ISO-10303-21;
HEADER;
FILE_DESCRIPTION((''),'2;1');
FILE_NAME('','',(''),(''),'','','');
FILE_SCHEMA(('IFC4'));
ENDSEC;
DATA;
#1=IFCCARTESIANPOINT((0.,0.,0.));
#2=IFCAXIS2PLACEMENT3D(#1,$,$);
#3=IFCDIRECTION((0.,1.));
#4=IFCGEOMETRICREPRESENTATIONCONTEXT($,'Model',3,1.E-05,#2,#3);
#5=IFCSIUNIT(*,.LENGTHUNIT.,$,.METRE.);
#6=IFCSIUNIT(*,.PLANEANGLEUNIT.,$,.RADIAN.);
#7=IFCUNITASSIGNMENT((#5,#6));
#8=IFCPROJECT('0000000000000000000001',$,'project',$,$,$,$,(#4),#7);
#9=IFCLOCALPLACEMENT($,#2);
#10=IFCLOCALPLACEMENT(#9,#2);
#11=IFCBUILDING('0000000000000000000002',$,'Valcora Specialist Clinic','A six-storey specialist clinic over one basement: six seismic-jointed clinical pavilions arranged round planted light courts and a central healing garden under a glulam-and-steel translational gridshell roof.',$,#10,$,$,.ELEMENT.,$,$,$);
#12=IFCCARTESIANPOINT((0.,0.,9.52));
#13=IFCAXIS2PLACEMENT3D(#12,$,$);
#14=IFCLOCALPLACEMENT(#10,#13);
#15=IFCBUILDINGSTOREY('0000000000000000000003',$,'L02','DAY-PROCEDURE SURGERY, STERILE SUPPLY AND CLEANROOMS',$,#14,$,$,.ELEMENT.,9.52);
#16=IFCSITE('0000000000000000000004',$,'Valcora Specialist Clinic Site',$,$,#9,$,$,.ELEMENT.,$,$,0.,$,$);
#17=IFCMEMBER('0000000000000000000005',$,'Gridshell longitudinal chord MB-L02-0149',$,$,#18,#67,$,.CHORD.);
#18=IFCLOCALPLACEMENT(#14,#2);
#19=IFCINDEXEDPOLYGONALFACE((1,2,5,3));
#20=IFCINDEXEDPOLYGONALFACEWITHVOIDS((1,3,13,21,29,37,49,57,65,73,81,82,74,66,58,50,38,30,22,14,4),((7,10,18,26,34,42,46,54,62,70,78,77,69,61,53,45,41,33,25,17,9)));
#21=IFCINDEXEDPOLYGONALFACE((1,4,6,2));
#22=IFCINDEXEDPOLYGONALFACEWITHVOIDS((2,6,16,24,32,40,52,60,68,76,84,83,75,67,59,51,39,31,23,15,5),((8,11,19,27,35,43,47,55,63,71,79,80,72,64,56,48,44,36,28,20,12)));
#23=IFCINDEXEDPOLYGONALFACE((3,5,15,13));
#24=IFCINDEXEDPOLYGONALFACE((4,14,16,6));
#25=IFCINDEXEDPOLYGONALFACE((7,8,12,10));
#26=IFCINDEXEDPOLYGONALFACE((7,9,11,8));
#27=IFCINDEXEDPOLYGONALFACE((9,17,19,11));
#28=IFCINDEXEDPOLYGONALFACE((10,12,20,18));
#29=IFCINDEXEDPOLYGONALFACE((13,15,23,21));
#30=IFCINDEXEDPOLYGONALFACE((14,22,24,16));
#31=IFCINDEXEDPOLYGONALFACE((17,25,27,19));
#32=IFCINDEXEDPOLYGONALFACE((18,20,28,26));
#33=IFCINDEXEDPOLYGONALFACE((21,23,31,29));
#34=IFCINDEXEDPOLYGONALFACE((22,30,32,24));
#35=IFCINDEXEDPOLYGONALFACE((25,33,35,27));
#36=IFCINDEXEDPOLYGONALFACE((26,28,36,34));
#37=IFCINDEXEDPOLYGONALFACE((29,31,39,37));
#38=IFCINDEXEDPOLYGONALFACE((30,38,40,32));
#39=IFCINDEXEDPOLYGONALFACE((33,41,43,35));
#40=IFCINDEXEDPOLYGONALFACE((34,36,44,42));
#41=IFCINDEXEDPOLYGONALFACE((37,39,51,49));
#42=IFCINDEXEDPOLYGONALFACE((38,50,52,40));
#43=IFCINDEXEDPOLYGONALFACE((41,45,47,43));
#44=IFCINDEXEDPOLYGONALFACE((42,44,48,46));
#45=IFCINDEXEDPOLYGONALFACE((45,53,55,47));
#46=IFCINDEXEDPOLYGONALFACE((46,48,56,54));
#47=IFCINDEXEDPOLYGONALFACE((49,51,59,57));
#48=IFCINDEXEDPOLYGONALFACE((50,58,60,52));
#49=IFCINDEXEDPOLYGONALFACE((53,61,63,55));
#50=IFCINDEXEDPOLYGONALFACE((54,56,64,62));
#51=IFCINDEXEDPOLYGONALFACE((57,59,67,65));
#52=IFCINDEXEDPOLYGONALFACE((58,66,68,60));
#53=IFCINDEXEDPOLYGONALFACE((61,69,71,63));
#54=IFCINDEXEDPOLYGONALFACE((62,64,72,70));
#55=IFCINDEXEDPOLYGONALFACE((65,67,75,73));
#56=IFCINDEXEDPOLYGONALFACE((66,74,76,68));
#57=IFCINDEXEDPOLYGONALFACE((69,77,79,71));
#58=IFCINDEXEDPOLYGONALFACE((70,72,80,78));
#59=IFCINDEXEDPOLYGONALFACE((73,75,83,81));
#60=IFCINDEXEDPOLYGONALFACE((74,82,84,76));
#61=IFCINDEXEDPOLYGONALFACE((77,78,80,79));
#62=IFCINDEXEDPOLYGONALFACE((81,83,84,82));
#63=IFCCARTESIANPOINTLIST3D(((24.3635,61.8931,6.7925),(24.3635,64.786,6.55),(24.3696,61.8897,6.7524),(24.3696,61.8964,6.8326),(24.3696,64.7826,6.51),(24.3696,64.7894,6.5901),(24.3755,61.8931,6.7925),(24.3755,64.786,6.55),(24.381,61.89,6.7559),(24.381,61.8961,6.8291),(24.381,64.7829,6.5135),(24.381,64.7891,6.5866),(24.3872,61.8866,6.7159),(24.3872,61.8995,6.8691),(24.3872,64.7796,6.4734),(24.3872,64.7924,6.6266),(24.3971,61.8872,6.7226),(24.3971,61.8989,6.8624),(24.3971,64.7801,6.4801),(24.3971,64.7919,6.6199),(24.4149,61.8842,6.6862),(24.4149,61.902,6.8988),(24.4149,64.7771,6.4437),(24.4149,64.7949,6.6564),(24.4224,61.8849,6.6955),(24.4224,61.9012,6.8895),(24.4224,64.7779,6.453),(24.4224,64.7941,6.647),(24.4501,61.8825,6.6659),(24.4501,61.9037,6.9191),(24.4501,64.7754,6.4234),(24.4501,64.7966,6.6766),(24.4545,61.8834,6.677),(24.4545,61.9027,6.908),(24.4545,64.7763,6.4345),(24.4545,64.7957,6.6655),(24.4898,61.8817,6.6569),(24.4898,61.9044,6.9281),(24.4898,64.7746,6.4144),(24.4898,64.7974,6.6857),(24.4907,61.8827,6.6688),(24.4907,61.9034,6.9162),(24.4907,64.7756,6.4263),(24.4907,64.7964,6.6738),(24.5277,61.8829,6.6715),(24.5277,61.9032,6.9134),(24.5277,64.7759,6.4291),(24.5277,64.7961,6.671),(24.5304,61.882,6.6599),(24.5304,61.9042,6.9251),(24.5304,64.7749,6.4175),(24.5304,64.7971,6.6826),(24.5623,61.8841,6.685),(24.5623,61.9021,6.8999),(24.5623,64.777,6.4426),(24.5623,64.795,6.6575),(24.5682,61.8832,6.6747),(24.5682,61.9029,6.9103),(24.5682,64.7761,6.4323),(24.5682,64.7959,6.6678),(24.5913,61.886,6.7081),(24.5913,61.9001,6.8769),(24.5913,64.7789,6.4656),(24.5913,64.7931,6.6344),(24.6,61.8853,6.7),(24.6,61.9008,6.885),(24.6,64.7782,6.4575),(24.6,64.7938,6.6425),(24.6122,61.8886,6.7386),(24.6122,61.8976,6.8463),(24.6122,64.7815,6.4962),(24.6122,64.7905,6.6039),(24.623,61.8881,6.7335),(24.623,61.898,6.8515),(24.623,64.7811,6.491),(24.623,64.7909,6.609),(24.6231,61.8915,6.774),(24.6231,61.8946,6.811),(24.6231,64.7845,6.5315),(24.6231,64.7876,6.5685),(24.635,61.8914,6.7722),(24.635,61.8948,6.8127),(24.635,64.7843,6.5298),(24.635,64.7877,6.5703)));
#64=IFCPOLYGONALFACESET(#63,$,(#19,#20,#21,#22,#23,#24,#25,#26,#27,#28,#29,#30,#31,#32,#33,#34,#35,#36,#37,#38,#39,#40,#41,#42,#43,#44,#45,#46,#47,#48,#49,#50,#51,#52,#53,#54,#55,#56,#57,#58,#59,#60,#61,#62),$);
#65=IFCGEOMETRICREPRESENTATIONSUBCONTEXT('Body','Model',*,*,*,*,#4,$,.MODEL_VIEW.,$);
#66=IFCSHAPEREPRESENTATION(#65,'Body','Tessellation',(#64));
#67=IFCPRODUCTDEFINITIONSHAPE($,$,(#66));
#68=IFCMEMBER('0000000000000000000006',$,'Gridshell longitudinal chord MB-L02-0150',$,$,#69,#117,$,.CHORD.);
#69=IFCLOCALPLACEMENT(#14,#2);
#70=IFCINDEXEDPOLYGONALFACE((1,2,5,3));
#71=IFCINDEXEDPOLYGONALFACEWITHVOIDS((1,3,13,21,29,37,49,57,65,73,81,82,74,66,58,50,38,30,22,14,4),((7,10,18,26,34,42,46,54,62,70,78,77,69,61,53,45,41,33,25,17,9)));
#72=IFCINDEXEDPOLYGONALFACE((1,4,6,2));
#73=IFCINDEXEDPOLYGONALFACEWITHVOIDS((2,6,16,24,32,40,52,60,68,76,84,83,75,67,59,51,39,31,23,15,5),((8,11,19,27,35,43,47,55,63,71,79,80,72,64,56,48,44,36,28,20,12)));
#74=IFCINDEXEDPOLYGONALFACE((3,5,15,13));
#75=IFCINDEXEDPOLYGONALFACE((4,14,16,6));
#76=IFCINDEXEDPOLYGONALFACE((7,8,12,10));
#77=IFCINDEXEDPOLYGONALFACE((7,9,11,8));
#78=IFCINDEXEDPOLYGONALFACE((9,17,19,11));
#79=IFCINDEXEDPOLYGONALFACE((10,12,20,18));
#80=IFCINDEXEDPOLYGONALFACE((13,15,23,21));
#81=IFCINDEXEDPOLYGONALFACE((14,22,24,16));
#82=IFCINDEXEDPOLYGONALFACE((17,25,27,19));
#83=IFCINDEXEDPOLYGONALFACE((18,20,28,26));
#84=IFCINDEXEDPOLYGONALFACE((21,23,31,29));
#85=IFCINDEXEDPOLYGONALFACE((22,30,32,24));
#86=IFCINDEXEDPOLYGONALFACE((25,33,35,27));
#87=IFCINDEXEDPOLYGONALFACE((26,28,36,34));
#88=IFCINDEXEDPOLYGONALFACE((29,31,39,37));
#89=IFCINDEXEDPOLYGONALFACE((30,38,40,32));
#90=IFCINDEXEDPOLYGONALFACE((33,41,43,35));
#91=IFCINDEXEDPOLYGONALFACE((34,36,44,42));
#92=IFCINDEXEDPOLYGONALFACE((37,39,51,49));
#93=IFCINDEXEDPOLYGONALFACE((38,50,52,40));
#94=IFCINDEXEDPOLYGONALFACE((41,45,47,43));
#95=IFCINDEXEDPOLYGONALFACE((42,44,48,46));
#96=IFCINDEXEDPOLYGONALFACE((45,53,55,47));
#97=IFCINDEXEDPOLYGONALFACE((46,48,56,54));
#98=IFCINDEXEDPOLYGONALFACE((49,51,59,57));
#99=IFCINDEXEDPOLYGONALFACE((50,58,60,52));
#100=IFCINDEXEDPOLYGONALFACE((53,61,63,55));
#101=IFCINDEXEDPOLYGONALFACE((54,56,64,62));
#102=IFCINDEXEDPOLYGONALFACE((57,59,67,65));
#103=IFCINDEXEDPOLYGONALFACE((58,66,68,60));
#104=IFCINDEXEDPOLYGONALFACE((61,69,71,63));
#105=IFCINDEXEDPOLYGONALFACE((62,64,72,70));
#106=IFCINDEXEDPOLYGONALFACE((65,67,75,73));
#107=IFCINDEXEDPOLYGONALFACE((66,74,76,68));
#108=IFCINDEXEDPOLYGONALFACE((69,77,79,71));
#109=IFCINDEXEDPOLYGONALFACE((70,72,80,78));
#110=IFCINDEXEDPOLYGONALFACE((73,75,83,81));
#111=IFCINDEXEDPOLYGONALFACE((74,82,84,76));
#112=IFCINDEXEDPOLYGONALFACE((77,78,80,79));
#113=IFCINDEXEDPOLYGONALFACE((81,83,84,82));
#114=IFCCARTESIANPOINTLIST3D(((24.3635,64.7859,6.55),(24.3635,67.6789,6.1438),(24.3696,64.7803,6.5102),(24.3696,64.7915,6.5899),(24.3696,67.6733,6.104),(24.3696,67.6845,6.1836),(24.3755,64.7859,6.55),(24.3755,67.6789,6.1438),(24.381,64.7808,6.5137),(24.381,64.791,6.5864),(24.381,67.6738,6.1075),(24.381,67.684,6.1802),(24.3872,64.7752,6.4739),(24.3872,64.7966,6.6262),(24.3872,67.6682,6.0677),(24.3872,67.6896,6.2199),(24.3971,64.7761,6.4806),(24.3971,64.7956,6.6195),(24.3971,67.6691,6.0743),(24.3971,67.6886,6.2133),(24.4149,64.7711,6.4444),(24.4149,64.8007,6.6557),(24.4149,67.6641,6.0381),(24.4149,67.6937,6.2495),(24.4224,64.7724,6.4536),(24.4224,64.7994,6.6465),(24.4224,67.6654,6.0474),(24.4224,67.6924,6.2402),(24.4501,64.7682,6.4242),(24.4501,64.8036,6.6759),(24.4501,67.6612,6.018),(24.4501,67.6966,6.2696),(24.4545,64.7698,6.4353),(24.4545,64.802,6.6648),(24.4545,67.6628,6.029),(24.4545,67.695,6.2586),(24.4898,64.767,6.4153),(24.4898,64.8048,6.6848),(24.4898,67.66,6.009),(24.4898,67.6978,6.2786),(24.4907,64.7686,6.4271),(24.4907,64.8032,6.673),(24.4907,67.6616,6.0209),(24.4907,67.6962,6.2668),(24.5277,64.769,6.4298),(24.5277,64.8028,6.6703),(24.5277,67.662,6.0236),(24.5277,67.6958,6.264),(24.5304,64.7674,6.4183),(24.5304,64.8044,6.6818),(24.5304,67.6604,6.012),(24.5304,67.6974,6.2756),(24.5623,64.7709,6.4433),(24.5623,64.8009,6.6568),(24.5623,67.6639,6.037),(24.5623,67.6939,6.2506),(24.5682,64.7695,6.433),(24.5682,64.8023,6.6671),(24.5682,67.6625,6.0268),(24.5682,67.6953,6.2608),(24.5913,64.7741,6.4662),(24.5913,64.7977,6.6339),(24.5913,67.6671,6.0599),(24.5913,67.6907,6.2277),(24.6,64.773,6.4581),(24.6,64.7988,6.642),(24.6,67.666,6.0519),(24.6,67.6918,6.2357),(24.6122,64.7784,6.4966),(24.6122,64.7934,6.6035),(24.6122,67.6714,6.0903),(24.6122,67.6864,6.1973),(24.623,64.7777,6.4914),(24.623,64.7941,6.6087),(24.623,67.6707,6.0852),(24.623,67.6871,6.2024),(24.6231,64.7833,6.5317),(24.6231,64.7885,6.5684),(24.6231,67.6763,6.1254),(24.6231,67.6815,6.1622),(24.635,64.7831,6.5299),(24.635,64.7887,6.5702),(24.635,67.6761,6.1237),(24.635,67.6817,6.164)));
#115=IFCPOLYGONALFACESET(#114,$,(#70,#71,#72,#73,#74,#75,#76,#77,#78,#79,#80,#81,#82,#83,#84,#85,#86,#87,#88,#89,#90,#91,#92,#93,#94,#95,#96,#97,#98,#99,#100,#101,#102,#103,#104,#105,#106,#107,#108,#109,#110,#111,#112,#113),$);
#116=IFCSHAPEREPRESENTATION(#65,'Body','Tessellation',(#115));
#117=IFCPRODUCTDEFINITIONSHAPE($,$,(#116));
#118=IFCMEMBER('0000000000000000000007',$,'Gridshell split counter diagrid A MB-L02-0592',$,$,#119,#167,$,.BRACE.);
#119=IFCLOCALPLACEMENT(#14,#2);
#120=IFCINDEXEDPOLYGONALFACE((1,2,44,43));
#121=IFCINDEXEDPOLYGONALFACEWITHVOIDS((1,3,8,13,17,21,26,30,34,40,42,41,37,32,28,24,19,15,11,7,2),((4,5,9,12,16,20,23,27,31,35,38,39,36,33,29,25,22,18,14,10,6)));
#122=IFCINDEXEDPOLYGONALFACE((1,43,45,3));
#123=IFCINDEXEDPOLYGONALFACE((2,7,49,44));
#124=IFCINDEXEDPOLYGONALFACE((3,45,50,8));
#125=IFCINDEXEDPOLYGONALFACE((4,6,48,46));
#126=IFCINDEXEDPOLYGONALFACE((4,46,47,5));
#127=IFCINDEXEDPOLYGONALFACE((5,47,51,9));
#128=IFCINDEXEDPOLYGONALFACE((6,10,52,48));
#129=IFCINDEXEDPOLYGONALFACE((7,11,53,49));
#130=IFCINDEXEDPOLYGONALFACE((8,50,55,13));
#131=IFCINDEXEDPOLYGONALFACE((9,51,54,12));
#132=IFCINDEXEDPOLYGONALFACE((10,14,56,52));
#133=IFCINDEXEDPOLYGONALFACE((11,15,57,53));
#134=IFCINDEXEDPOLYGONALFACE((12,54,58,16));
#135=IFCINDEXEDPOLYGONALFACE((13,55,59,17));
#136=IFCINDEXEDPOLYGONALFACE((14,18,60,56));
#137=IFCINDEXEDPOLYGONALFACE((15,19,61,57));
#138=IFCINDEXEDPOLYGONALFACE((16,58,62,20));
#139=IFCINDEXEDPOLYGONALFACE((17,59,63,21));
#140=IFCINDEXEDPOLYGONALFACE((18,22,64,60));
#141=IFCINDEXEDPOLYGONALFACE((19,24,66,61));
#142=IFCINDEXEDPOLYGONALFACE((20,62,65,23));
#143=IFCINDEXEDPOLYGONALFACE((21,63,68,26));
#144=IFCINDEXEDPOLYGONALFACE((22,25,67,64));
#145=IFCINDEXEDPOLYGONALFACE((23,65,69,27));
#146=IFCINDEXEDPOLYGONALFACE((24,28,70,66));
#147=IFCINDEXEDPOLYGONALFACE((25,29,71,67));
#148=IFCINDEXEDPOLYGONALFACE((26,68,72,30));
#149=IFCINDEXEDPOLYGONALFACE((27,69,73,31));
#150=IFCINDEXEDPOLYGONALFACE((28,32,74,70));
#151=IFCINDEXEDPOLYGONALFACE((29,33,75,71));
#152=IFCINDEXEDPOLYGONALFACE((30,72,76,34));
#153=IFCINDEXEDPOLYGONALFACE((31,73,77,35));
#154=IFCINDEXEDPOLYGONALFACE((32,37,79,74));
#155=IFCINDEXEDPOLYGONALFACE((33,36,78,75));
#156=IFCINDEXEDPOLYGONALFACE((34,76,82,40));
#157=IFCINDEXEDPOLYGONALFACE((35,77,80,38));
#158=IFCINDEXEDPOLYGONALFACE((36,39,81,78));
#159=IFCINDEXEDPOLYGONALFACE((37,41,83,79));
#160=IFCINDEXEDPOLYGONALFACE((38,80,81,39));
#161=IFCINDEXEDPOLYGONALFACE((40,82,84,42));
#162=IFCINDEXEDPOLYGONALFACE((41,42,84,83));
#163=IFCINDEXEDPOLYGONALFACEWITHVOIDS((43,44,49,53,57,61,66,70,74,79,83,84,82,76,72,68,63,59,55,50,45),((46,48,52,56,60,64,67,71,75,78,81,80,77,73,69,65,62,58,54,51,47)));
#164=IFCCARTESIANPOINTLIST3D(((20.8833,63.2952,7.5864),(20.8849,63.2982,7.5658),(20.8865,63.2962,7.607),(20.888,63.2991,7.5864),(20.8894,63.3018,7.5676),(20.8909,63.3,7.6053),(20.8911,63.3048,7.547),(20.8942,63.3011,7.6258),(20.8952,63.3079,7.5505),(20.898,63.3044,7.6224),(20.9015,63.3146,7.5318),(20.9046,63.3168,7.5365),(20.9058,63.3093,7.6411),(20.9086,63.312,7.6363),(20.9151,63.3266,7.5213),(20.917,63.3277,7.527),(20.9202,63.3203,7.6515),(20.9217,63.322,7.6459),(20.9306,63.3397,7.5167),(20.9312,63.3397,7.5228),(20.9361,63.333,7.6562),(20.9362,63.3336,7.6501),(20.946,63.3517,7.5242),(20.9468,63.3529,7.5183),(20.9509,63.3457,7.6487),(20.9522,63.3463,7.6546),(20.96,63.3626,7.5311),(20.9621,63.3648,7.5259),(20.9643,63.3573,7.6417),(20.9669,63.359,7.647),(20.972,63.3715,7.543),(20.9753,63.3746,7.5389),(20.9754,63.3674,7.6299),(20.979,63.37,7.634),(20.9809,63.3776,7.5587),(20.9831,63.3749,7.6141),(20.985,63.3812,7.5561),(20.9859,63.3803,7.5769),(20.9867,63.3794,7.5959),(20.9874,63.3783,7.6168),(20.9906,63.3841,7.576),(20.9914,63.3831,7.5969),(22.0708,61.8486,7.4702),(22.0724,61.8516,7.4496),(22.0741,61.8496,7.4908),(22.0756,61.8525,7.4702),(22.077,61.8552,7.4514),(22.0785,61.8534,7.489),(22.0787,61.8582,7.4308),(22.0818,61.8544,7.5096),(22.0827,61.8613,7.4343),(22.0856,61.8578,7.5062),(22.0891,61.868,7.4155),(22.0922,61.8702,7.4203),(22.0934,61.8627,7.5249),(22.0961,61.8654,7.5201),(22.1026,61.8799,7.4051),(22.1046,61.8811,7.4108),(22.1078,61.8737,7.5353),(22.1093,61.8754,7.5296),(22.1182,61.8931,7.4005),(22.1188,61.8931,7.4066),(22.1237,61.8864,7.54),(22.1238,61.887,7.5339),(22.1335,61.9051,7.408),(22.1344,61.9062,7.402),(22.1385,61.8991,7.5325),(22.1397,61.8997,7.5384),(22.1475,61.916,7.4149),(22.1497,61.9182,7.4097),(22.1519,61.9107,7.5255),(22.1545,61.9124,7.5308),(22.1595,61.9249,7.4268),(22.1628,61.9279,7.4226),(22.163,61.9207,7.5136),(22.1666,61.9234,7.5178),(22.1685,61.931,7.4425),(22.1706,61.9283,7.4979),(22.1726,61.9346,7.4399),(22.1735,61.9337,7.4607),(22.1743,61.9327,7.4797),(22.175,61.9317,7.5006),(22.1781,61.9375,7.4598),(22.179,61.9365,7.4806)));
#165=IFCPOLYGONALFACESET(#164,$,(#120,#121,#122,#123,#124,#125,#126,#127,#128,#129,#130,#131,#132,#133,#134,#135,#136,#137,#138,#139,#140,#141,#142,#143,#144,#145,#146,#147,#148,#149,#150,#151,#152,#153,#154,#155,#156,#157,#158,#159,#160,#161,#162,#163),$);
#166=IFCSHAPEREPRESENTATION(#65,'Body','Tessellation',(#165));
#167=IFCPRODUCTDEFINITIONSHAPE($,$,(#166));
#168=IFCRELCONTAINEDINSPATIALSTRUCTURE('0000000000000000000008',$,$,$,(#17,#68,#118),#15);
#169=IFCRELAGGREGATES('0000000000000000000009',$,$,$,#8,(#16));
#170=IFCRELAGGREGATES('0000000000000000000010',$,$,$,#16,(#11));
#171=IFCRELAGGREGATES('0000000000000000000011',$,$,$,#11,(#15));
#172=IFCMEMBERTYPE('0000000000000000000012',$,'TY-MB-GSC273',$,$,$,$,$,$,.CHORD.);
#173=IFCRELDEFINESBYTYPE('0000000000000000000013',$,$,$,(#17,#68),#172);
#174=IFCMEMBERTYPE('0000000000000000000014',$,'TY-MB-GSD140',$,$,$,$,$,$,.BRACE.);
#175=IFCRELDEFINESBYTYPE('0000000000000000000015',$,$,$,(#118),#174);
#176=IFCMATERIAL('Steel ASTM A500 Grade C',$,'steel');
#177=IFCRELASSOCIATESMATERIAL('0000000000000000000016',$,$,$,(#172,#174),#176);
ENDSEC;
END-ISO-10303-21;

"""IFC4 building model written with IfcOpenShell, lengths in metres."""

from ifc_helpers import new_model, si_unit, direction, frame, origin, origin_2d, place, context, subcontext, project, spatial, hollow_circle, extrude, material, material_profile, profile_set, type_object, element, save


model = new_model("IFC4")

# Units and contexts
model_context = context("Model", 3, precision=1e-05, world=origin(), true_north=direction((0.0, 1.0)))
body_context = subcontext(model_context, "Body", "Model", "MODEL_VIEW")
ifc_project = project(units=[si_unit("LENGTHUNIT", "METRE"), si_unit("PLANEANGLEUNIT", "RADIAN")], contexts=[model_context])

# Site, building, storey
site_placement = place(None, origin())
site = spatial("IfcSite", under=ifc_project, at=site_placement, Name="Valcora Specialist Clinic Site", CompositionType="ELEMENT", RefElevation=0.0)
building_placement = place(site_placement, origin())
building = spatial("IfcBuilding", under=site, at=building_placement, Name="Valcora Specialist Clinic", Description="A six-storey specialist clinic over one basement: six seismic-jointed clinical pavilions arranged round planted light courts and a central healing garden under a glulam-and-steel translational gridshell roof.", CompositionType="ELEMENT")
storey_placement = place(building_placement, frame((0.0, 0.0, 9.52)))
storey = spatial("IfcBuildingStorey", under=building, at=storey_placement, Name="L02", Description="DAY-PROCEDURE SURGERY, STERILE SUPPLY AND CLEANROOMS", CompositionType="ELEMENT", Elevation=9.52)

# Members
ifc_material_1 = material(Name="Steel ASTM A500 Grade C", Category="steel")
ifc_material_profile_1 = material_profile(ifc_material_1, hollow_circle(Radius=0.1365, WallThickness=0.012, at=origin_2d()), Name="ST-CHS-273X12")
ifc_profile_set_1 = profile_set([ifc_material_profile_1], Name="Steel ASTM A500 Grade C")
member_type_1 = type_object("IfcMemberType", Name="TY-MB-GSC273", PredefinedType="CHORD", material=ifc_profile_set_1)
member_1_placement = place(storey_placement, frame((24.5, 61.8931, 6.7925), z_axis=(0.0, 0.996507, -0.083512), x_axis=(-1.0, 0.0, 0.0)))
element("IfcMember", 1, at=member_1_placement, inside=storey, type_object=member_type_1, Name="Gridshell longitudinal chord MB-L02-0149", PredefinedType="CHORD", context=body_context, shape_type="SweptSolid", body=[
    extrude(hollow_circle(Radius=0.1365, WallThickness=0.012, at=origin_2d()), origin(), (0.0, 0.0, 1.0), 2.9031),
])
member_2_placement = place(storey_placement, frame((24.5, 64.7859, 6.55), z_axis=(0.0, 0.990284, -0.139058), x_axis=(-1.0, 0.0, 0.0)))
element("IfcMember", 2, at=member_2_placement, inside=storey, type_object=member_type_1, Name="Gridshell longitudinal chord MB-L02-0150", PredefinedType="CHORD", context=body_context, shape_type="SweptSolid", body=[
    extrude(hollow_circle(Radius=0.1365, WallThickness=0.012, at=origin_2d()), origin(), (0.0, 0.0, 1.0), 2.9214),
])
ifc_material_profile_2 = material_profile(ifc_material_1, hollow_circle(Radius=0.0701, WallThickness=0.0061, at=origin_2d()), Name="ST-CHS-140X6")
ifc_profile_set_2 = profile_set([ifc_material_profile_2], Name="Steel ASTM A500 Grade C")
member_type_2 = type_object("IfcMemberType", Name="TY-MB-GSD140", PredefinedType="BRACE", material=ifc_profile_set_2)
member_3_placement = place(storey_placement, frame((22.125, 61.8931, 7.4702), z_axis=(-0.633289, 0.77143, 0.061975), x_axis=(-0.772916, -0.634508, 0.0)))
element("IfcMember", 3, at=member_3_placement, inside=storey, type_object=member_type_2, Name="Gridshell split counter diagrid A MB-L02-0592", PredefinedType="BRACE", context=body_context, shape_type="SweptSolid", body=[
    extrude(hollow_circle(Radius=0.0701, WallThickness=0.0061, at=origin_2d()), origin(), (0.0, 0.0, 1.0), 1.8752),
])

save(model, "model.ifc")
